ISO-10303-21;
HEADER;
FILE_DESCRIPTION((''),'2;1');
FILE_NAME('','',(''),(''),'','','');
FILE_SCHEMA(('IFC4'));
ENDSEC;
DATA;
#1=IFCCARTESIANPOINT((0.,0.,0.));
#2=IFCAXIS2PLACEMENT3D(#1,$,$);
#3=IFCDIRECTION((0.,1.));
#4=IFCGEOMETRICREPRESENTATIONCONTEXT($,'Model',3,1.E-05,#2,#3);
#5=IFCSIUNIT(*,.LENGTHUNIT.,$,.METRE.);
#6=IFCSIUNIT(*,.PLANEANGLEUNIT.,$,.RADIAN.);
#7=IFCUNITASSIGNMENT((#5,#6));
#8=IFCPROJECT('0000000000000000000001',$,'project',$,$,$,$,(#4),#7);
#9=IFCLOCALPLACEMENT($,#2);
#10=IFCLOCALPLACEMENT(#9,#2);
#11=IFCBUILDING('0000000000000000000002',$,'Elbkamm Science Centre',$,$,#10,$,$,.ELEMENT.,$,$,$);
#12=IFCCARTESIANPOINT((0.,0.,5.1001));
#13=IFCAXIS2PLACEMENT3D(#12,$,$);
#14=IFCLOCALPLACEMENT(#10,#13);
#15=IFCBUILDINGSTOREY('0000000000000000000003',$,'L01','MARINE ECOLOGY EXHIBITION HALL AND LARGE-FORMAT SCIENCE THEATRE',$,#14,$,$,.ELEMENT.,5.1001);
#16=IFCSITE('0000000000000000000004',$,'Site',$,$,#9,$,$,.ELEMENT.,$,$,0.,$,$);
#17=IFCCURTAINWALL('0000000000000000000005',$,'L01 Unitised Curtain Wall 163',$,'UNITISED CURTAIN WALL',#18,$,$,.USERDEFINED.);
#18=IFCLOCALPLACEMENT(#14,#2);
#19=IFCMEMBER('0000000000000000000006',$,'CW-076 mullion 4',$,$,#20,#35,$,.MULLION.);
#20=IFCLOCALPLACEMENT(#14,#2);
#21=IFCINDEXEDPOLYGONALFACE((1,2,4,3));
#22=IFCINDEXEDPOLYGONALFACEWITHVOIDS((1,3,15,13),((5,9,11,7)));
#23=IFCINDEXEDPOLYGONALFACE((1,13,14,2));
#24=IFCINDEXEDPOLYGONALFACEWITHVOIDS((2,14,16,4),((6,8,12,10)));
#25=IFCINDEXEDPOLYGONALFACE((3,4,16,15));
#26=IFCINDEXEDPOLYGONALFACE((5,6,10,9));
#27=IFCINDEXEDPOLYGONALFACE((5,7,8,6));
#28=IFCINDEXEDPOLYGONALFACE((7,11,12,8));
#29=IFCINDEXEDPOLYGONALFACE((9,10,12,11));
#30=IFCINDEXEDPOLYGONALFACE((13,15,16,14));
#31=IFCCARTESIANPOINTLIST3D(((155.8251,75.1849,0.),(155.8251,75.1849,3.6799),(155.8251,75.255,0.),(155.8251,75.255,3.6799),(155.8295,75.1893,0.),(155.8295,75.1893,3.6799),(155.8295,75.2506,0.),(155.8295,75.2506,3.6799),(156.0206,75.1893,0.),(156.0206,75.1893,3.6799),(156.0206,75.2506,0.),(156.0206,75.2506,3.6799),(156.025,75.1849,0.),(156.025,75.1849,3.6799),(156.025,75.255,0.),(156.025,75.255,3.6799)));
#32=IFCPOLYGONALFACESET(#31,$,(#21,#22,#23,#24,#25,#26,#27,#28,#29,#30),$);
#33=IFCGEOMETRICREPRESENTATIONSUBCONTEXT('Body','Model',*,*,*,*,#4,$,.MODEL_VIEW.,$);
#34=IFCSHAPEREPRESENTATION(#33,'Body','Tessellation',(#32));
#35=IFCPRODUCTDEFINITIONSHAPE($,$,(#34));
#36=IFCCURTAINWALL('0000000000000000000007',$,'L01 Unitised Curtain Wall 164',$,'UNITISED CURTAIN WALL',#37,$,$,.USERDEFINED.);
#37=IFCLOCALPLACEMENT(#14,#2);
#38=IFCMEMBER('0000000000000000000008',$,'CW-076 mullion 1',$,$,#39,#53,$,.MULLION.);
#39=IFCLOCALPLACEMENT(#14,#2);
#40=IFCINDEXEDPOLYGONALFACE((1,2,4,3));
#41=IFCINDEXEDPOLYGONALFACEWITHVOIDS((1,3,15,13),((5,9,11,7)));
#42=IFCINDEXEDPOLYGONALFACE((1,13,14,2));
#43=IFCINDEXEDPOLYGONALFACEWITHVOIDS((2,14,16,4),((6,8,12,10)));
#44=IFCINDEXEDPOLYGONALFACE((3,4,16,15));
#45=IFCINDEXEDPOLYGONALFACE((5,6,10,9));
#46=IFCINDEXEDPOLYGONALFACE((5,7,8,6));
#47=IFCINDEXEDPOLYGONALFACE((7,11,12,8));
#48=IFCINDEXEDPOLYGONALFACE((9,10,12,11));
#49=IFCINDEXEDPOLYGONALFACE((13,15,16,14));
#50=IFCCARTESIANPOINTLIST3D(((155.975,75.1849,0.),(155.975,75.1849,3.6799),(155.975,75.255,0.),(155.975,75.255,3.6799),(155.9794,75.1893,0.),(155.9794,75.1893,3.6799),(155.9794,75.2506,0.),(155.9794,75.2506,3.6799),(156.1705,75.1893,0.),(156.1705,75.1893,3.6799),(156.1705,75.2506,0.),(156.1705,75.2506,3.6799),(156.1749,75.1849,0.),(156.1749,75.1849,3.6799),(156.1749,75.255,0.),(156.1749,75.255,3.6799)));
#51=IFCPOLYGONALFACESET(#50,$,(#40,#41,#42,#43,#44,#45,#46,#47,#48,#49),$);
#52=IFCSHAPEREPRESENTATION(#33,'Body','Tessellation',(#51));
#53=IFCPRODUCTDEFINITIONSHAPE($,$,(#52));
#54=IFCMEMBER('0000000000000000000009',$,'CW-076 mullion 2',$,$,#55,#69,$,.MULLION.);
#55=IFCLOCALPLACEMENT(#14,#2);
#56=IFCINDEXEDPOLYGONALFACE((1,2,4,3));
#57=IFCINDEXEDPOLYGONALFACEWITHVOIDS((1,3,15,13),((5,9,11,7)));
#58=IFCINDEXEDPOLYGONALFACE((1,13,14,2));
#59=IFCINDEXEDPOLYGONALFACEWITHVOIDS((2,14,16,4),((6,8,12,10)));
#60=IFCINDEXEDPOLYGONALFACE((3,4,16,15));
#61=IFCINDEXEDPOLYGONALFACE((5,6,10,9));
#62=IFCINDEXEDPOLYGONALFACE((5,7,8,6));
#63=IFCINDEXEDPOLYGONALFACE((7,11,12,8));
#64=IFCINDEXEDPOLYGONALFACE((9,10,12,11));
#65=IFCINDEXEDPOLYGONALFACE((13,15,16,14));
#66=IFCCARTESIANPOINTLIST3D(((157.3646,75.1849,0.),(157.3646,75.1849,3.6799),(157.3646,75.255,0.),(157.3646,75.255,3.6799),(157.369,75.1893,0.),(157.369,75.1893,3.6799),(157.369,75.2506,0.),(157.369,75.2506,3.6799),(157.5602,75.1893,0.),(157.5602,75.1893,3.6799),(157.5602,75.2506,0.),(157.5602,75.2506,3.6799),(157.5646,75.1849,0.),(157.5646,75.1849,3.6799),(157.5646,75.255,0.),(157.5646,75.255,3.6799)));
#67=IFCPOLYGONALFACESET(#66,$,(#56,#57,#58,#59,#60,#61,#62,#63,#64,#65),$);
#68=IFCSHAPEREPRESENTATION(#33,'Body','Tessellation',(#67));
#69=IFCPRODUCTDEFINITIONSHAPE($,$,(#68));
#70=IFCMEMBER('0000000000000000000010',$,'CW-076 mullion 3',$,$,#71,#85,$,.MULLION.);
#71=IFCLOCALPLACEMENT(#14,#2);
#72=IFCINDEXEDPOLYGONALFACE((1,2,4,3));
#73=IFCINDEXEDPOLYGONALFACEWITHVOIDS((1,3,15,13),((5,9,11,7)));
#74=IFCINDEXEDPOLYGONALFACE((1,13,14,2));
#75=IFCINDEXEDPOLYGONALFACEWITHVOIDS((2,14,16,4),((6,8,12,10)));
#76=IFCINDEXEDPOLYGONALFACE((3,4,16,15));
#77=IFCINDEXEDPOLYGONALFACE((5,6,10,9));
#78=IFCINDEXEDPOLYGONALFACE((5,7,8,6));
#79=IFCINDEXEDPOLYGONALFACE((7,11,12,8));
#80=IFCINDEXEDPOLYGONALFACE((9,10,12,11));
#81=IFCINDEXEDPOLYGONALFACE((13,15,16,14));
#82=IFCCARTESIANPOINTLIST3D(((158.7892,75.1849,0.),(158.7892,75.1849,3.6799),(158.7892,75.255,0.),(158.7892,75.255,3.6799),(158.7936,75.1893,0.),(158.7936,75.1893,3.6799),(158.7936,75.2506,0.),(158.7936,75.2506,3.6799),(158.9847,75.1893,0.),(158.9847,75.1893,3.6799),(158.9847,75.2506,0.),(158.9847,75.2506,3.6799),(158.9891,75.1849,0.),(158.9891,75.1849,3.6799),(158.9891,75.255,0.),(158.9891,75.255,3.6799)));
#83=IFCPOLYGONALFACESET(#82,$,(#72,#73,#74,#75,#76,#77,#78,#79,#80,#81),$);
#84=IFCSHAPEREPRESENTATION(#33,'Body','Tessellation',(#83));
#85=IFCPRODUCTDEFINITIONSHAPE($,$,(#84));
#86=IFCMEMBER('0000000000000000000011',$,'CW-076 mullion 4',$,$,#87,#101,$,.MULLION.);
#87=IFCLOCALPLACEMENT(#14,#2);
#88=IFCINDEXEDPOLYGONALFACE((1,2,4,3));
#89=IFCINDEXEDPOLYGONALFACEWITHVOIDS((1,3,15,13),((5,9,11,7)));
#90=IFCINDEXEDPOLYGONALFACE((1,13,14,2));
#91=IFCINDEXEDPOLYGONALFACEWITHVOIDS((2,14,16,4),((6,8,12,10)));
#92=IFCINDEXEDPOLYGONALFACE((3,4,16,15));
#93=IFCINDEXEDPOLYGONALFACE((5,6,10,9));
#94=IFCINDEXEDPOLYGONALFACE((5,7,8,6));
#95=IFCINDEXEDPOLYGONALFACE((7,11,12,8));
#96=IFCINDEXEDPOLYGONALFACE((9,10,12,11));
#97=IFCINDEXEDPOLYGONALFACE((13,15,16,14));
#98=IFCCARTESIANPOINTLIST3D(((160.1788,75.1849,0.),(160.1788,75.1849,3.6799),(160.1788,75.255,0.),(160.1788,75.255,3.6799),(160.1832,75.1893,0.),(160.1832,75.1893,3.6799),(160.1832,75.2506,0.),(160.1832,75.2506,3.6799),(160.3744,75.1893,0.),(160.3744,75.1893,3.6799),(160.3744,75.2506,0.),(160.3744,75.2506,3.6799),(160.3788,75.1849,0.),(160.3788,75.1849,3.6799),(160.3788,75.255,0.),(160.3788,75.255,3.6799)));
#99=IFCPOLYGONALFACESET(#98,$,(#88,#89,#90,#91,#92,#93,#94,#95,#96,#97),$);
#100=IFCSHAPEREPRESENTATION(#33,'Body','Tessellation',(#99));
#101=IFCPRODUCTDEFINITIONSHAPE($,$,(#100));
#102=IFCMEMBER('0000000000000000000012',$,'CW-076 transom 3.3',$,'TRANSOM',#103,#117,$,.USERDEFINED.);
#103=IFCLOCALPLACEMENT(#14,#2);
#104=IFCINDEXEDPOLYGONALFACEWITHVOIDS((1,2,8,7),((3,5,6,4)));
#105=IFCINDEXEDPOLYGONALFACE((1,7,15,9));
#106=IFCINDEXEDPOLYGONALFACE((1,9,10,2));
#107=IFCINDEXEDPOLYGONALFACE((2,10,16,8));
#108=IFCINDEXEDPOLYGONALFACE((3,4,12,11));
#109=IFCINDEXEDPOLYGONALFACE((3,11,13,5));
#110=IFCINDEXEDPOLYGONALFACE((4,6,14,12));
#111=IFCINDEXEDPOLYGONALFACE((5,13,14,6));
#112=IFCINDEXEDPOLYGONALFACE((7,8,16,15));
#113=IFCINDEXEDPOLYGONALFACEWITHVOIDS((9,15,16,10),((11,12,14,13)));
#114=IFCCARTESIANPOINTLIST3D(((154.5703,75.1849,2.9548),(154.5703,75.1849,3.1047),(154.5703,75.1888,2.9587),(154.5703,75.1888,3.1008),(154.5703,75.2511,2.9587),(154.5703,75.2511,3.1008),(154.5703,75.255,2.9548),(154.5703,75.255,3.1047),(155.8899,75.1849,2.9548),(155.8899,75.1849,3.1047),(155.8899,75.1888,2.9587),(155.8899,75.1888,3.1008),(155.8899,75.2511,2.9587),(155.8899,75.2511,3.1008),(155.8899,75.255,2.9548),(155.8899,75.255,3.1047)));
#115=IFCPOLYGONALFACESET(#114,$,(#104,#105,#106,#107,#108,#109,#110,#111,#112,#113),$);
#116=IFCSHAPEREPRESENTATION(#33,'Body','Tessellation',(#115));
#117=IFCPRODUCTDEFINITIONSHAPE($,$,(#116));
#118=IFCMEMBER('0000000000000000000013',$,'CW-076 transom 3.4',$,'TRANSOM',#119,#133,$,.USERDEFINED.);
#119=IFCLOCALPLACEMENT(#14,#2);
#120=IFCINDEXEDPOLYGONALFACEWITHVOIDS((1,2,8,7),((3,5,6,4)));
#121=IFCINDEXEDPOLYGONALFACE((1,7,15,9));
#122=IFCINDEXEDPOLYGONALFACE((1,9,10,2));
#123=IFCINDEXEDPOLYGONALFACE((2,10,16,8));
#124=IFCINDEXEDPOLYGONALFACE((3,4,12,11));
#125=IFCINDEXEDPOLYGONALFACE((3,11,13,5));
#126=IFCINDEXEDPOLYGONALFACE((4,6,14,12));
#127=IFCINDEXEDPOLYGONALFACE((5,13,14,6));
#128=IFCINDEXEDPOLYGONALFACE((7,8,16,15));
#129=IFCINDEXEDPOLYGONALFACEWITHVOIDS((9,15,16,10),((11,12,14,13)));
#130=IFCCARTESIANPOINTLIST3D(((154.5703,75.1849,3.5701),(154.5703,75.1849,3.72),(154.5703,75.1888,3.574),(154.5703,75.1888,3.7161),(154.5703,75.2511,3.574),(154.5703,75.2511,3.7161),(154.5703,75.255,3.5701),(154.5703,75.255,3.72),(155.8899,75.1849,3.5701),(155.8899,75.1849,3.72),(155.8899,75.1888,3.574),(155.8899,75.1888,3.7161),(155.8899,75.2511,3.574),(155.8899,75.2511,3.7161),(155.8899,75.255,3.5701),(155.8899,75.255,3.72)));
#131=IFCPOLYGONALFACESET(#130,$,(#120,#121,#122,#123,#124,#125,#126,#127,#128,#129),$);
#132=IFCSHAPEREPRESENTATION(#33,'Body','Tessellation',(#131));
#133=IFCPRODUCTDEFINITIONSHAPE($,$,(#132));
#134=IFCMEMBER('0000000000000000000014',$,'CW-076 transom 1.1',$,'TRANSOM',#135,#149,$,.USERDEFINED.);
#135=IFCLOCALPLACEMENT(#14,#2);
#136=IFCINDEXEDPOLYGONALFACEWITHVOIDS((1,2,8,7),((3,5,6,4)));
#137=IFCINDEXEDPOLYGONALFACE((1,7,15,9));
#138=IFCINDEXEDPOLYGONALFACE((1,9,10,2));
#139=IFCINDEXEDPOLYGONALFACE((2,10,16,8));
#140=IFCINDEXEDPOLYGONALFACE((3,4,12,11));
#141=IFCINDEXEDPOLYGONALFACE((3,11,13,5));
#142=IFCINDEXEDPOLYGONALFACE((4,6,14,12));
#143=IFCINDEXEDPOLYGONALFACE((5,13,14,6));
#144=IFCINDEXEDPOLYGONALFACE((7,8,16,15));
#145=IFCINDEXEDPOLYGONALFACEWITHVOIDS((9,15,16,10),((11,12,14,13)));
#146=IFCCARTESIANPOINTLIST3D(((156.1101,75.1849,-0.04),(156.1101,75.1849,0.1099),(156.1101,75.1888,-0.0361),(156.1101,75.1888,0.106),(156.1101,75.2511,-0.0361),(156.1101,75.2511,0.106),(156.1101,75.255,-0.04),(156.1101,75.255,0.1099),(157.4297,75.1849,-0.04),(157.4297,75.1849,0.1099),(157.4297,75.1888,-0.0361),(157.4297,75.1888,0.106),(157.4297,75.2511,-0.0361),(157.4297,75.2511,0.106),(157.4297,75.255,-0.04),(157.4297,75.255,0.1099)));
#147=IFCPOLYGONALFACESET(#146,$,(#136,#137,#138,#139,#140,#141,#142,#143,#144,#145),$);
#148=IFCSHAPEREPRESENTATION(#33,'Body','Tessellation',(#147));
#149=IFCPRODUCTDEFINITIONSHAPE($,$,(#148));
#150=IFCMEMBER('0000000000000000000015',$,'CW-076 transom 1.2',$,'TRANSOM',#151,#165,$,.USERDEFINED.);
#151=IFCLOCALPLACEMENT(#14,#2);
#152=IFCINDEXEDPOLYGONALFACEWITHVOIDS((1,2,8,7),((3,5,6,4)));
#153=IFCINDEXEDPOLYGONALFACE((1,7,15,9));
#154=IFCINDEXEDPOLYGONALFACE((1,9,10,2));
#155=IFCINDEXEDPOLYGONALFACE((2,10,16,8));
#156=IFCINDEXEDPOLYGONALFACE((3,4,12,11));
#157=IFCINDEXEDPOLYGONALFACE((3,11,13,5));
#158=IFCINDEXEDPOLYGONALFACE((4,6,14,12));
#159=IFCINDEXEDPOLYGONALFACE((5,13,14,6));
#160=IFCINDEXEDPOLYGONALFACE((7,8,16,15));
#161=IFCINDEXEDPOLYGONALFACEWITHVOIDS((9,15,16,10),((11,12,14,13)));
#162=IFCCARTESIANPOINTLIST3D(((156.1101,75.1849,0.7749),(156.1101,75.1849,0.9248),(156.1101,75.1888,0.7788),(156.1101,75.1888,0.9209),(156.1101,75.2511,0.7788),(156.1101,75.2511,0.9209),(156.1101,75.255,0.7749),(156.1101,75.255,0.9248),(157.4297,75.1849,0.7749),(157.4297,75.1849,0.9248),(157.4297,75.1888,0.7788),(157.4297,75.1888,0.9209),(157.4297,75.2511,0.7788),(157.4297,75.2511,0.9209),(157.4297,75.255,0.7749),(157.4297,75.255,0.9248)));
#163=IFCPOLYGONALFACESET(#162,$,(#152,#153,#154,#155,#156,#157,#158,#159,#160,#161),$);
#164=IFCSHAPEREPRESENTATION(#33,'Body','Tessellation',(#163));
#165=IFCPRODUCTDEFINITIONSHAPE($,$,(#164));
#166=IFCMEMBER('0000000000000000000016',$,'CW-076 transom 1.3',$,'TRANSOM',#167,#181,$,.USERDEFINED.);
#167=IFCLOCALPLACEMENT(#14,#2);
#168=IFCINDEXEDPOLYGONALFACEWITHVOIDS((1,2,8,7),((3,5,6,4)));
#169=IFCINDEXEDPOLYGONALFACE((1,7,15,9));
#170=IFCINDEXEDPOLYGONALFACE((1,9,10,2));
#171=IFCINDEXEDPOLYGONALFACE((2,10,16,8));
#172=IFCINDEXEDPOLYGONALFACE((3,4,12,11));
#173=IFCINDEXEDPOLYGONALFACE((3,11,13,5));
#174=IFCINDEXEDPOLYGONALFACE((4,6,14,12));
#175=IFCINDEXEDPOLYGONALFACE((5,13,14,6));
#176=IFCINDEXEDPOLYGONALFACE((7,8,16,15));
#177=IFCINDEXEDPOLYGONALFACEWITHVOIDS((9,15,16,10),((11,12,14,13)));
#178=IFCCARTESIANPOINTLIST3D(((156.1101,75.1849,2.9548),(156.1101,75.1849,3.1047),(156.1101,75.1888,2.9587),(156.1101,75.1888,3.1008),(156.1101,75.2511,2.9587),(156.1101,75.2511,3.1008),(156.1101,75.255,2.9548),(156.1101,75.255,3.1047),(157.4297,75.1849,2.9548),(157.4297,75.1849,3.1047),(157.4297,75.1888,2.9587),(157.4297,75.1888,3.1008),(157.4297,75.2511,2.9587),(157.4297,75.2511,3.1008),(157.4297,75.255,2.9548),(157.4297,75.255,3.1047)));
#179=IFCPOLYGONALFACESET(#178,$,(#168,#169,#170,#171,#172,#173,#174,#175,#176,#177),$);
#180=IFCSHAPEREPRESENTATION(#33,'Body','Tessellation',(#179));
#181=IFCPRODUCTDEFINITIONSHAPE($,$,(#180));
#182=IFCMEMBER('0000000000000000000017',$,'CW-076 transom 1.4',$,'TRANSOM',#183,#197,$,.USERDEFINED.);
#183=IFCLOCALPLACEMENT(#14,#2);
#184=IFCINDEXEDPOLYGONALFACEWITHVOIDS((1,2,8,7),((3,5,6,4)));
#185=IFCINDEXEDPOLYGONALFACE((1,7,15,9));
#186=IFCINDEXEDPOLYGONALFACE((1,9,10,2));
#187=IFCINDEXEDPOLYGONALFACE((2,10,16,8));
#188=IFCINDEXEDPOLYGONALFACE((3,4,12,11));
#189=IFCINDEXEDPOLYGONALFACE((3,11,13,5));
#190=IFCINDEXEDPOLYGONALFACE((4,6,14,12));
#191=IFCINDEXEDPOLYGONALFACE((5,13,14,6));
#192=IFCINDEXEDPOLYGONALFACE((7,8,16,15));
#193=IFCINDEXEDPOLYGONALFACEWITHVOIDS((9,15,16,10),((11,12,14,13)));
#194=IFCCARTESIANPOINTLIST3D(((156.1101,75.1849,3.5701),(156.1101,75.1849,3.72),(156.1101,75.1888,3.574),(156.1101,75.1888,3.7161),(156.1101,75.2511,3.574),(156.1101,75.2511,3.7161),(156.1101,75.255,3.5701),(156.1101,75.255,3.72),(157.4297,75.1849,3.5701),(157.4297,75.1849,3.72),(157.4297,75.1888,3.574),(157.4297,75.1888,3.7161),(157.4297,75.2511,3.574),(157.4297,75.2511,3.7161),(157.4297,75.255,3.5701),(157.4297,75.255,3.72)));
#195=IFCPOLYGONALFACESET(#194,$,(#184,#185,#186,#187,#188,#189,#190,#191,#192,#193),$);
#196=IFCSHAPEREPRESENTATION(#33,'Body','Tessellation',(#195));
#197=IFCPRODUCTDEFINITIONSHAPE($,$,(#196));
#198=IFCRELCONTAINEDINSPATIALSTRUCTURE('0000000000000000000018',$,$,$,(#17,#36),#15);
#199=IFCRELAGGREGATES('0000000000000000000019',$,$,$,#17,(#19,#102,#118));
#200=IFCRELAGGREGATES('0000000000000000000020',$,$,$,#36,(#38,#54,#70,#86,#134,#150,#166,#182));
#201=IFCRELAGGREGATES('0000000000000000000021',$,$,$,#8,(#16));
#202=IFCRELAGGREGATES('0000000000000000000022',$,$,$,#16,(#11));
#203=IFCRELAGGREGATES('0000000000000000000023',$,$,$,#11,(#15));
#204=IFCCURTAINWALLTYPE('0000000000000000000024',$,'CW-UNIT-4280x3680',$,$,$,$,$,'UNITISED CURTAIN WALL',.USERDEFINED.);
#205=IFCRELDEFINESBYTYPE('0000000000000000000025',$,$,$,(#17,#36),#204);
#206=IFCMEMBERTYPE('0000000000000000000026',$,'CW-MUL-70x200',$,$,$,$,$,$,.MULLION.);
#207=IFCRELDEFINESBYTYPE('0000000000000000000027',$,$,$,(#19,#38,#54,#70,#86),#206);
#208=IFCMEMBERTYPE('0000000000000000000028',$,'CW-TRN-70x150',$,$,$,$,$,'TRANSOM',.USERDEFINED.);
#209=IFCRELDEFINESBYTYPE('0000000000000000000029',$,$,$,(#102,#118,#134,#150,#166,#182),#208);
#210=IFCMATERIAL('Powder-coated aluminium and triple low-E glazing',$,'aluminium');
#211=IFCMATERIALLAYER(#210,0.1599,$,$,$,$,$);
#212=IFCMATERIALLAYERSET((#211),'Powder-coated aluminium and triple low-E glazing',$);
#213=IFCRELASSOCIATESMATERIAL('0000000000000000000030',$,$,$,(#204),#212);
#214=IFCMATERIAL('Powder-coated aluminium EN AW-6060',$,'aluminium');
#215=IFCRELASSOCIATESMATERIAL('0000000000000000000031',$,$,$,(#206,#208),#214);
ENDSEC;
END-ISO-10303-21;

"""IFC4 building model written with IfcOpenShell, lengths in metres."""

from ifc_helpers import new_model, si_unit, direction, frame, origin, origin_2d, place, context, subcontext, project, spatial, hollow_rectangle, extrude, material, layer, layer_set, material_profile, profile_set, type_object, element, aggregate, save


model = new_model("IFC4")

# Units and contexts
model_context = context("Model", 3, precision=1e-05, world=origin(), true_north=direction((0.0, 1.0)))
body_context = subcontext(model_context, "Body", "Model", "MODEL_VIEW")
ifc_project = project(units=[si_unit("LENGTHUNIT", "METRE"), si_unit("PLANEANGLEUNIT", "RADIAN")], contexts=[model_context])

# Site, building, storey
site_placement = place(None, origin())
site = spatial("IfcSite", under=ifc_project, at=site_placement, Name="Site", CompositionType="ELEMENT", RefElevation=0.0)
building_placement = place(site_placement, origin())
building = spatial("IfcBuilding", under=site, at=building_placement, Name="Elbkamm Science Centre", CompositionType="ELEMENT")
storey_placement = place(building_placement, frame((0.0, 0.0, 5.1001)))
storey = spatial("IfcBuildingStorey", under=building, at=storey_placement, Name="L01", Description="MARINE ECOLOGY EXHIBITION HALL AND LARGE-FORMAT SCIENCE THEATRE", CompositionType="ELEMENT", Elevation=5.1001)

# Curtain wall, member
ifc_material_1 = material(Name="Powder-coated aluminium and triple low-E glazing", Category="aluminium")
ifc_layer_1 = layer(ifc_material_1, 0.1599)
ifc_layer_set_1 = layer_set([ifc_layer_1], Name="Powder-coated aluminium and triple low-E glazing")
curtain_wall_type = type_object("IfcCurtainWallType", Name="CW-UNIT-4280x3680", ElementType="UNITISED CURTAIN WALL", PredefinedType="USERDEFINED", material=ifc_layer_set_1)
curtain_wall_1_placement = place(storey_placement, origin())
curtain_wall_1 = element("IfcCurtainWall", 1, at=curtain_wall_1_placement, inside=storey, type_object=curtain_wall_type, Name="L01 Unitised Curtain Wall 163", ObjectType="UNITISED CURTAIN WALL", PredefinedType="USERDEFINED")
ifc_material_2 = material(Name="Powder-coated aluminium EN AW-6060", Category="aluminium")
ifc_material_profile_1 = material_profile(ifc_material_2, hollow_rectangle(XDim=0.0701, YDim=0.2, WallThickness=0.0044, at=origin_2d()), Name="ALU M70x200")
ifc_profile_set_1 = profile_set([ifc_material_profile_1], Name="Powder-coated aluminium EN AW-6060")
member_type_1 = type_object("IfcMemberType", Name="CW-MUL-70x200", PredefinedType="MULLION", material=ifc_profile_set_1)
member_1_placement = place(storey_placement, frame((155.925, 75.22, 0.0), z_axis=(0.0, 0.0, 1.0), x_axis=(0.0, 1.0, 0.0)))
member_1 = element("IfcMember", 2, at=member_1_placement, type_object=member_type_1, Name="CW-076 mullion 4", PredefinedType="MULLION", context=body_context, shape_type="SweptSolid", body=[
    extrude(hollow_rectangle(XDim=0.0701, YDim=0.2, WallThickness=0.0044, at=origin_2d()), origin(), (0.0, 0.0, 1.0), 3.6799),
])

# Curtain wall, members
curtain_wall_2_placement = place(storey_placement, origin())
curtain_wall_2 = element("IfcCurtainWall", 3, at=curtain_wall_2_placement, inside=storey, type_object=curtain_wall_type, Name="L01 Unitised Curtain Wall 164", ObjectType="UNITISED CURTAIN WALL", PredefinedType="USERDEFINED")
member_2_placement = place(storey_placement, frame((156.075, 75.22, 0.0), z_axis=(0.0, 0.0, 1.0), x_axis=(0.0, 1.0, 0.0)))
member_2 = element("IfcMember", 4, at=member_2_placement, type_object=member_type_1, Name="CW-076 mullion 1", PredefinedType="MULLION", context=body_context, shape_type="SweptSolid", body=[
    extrude(hollow_rectangle(XDim=0.0701, YDim=0.2, WallThickness=0.0044, at=origin_2d()), origin(), (0.0, 0.0, 1.0), 3.6799),
])
member_3_placement = place(storey_placement, frame((157.4646, 75.22, 0.0), z_axis=(0.0, 0.0, 1.0), x_axis=(0.0, 1.0, 0.0)))
member_3 = element("IfcMember", 5, at=member_3_placement, type_object=member_type_1, Name="CW-076 mullion 2", PredefinedType="MULLION", context=body_context, shape_type="SweptSolid", body=[
    extrude(hollow_rectangle(XDim=0.0701, YDim=0.2, WallThickness=0.0044, at=origin_2d()), origin(), (0.0, 0.0, 1.0), 3.6799),
])
member_4_placement = place(storey_placement, frame((158.8892, 75.22, 0.0), z_axis=(0.0, 0.0, 1.0), x_axis=(0.0, 1.0, 0.0)))
member_4 = element("IfcMember", 6, at=member_4_placement, type_object=member_type_1, Name="CW-076 mullion 3", PredefinedType="MULLION", context=body_context, shape_type="SweptSolid", body=[
    extrude(hollow_rectangle(XDim=0.0701, YDim=0.2, WallThickness=0.0044, at=origin_2d()), origin(), (0.0, 0.0, 1.0), 3.6799),
])
member_5_placement = place(storey_placement, frame((160.2788, 75.22, 0.0), z_axis=(0.0, 0.0, 1.0), x_axis=(0.0, 1.0, 0.0)))
member_5 = element("IfcMember", 7, at=member_5_placement, type_object=member_type_1, Name="CW-076 mullion 4", PredefinedType="MULLION", context=body_context, shape_type="SweptSolid", body=[
    extrude(hollow_rectangle(XDim=0.0701, YDim=0.2, WallThickness=0.0044, at=origin_2d()), origin(), (0.0, 0.0, 1.0), 3.6799),
])

# Members
ifc_material_profile_2 = material_profile(ifc_material_2, hollow_rectangle(XDim=0.0701, YDim=0.1499, WallThickness=0.0039, at=origin_2d()), Name="ALU T70x150")
ifc_profile_set_2 = profile_set([ifc_material_profile_2], Name="Powder-coated aluminium EN AW-6060")
member_type_2 = type_object("IfcMemberType", Name="CW-TRN-70x150", ElementType="TRANSOM", PredefinedType="USERDEFINED", material=ifc_profile_set_2)
member_6_placement = place(storey_placement, frame((154.5703, 75.22, 3.0298), z_axis=(1.0, 0.0, 0.0), x_axis=(0.0, 1.0, 0.0)))
member_6 = element("IfcMember", 8, at=member_6_placement, type_object=member_type_2, Name="CW-076 transom 3.3", ObjectType="TRANSOM", PredefinedType="USERDEFINED", context=body_context, shape_type="SweptSolid", body=[
    extrude(hollow_rectangle(XDim=0.0701, YDim=0.1499, WallThickness=0.0039, at=origin_2d()), origin(), (0.0, 0.0, 1.0), 1.3196),
])
member_7_placement = place(storey_placement, frame((154.5703, 75.22, 3.645), z_axis=(1.0, 0.0, 0.0), x_axis=(0.0, 1.0, 0.0)))
member_7 = element("IfcMember", 9, at=member_7_placement, type_object=member_type_2, Name="CW-076 transom 3.4", ObjectType="TRANSOM", PredefinedType="USERDEFINED", context=body_context, shape_type="SweptSolid", body=[
    extrude(hollow_rectangle(XDim=0.0701, YDim=0.1499, WallThickness=0.0039, at=origin_2d()), origin(), (0.0, 0.0, 1.0), 1.3196),
])
member_8_placement = place(storey_placement, frame((156.1101, 75.22, 0.0349), z_axis=(1.0, 0.0, 0.0), x_axis=(0.0, 1.0, 0.0)))
member_8 = element("IfcMember", 10, at=member_8_placement, type_object=member_type_2, Name="CW-076 transom 1.1", ObjectType="TRANSOM", PredefinedType="USERDEFINED", context=body_context, shape_type="SweptSolid", body=[
    extrude(hollow_rectangle(XDim=0.0701, YDim=0.1499, WallThickness=0.0039, at=origin_2d()), origin(), (0.0, 0.0, 1.0), 1.3196),
])
member_9_placement = place(storey_placement, frame((156.1101, 75.22, 0.8499), z_axis=(1.0, 0.0, 0.0), x_axis=(0.0, 1.0, 0.0)))
member_9 = element("IfcMember", 11, at=member_9_placement, type_object=member_type_2, Name="CW-076 transom 1.2", ObjectType="TRANSOM", PredefinedType="USERDEFINED", context=body_context, shape_type="SweptSolid", body=[
    extrude(hollow_rectangle(XDim=0.0701, YDim=0.1499, WallThickness=0.0039, at=origin_2d()), origin(), (0.0, 0.0, 1.0), 1.3196),
])
member_10_placement = place(storey_placement, frame((156.1101, 75.22, 3.0298), z_axis=(1.0, 0.0, 0.0), x_axis=(0.0, 1.0, 0.0)))
member_10 = element("IfcMember", 12, at=member_10_placement, type_object=member_type_2, Name="CW-076 transom 1.3", ObjectType="TRANSOM", PredefinedType="USERDEFINED", context=body_context, shape_type="SweptSolid", body=[
    extrude(hollow_rectangle(XDim=0.0701, YDim=0.1499, WallThickness=0.0039, at=origin_2d()), origin(), (0.0, 0.0, 1.0), 1.3196),
])
member_11_placement = place(storey_placement, frame((156.1101, 75.22, 3.645), z_axis=(1.0, 0.0, 0.0), x_axis=(0.0, 1.0, 0.0)))
member_11 = element("IfcMember", 13, at=member_11_placement, type_object=member_type_2, Name="CW-076 transom 1.4", ObjectType="TRANSOM", PredefinedType="USERDEFINED", context=body_context, shape_type="SweptSolid", body=[
    extrude(hollow_rectangle(XDim=0.0701, YDim=0.1499, WallThickness=0.0039, at=origin_2d()), origin(), (0.0, 0.0, 1.0), 1.3196),
])

aggregate(curtain_wall_1, [member_1, member_6, member_7])
aggregate(curtain_wall_2, [member_2, member_3, member_4, member_5, member_8, member_9, member_10, member_11])

save(model, "model.ifc")
